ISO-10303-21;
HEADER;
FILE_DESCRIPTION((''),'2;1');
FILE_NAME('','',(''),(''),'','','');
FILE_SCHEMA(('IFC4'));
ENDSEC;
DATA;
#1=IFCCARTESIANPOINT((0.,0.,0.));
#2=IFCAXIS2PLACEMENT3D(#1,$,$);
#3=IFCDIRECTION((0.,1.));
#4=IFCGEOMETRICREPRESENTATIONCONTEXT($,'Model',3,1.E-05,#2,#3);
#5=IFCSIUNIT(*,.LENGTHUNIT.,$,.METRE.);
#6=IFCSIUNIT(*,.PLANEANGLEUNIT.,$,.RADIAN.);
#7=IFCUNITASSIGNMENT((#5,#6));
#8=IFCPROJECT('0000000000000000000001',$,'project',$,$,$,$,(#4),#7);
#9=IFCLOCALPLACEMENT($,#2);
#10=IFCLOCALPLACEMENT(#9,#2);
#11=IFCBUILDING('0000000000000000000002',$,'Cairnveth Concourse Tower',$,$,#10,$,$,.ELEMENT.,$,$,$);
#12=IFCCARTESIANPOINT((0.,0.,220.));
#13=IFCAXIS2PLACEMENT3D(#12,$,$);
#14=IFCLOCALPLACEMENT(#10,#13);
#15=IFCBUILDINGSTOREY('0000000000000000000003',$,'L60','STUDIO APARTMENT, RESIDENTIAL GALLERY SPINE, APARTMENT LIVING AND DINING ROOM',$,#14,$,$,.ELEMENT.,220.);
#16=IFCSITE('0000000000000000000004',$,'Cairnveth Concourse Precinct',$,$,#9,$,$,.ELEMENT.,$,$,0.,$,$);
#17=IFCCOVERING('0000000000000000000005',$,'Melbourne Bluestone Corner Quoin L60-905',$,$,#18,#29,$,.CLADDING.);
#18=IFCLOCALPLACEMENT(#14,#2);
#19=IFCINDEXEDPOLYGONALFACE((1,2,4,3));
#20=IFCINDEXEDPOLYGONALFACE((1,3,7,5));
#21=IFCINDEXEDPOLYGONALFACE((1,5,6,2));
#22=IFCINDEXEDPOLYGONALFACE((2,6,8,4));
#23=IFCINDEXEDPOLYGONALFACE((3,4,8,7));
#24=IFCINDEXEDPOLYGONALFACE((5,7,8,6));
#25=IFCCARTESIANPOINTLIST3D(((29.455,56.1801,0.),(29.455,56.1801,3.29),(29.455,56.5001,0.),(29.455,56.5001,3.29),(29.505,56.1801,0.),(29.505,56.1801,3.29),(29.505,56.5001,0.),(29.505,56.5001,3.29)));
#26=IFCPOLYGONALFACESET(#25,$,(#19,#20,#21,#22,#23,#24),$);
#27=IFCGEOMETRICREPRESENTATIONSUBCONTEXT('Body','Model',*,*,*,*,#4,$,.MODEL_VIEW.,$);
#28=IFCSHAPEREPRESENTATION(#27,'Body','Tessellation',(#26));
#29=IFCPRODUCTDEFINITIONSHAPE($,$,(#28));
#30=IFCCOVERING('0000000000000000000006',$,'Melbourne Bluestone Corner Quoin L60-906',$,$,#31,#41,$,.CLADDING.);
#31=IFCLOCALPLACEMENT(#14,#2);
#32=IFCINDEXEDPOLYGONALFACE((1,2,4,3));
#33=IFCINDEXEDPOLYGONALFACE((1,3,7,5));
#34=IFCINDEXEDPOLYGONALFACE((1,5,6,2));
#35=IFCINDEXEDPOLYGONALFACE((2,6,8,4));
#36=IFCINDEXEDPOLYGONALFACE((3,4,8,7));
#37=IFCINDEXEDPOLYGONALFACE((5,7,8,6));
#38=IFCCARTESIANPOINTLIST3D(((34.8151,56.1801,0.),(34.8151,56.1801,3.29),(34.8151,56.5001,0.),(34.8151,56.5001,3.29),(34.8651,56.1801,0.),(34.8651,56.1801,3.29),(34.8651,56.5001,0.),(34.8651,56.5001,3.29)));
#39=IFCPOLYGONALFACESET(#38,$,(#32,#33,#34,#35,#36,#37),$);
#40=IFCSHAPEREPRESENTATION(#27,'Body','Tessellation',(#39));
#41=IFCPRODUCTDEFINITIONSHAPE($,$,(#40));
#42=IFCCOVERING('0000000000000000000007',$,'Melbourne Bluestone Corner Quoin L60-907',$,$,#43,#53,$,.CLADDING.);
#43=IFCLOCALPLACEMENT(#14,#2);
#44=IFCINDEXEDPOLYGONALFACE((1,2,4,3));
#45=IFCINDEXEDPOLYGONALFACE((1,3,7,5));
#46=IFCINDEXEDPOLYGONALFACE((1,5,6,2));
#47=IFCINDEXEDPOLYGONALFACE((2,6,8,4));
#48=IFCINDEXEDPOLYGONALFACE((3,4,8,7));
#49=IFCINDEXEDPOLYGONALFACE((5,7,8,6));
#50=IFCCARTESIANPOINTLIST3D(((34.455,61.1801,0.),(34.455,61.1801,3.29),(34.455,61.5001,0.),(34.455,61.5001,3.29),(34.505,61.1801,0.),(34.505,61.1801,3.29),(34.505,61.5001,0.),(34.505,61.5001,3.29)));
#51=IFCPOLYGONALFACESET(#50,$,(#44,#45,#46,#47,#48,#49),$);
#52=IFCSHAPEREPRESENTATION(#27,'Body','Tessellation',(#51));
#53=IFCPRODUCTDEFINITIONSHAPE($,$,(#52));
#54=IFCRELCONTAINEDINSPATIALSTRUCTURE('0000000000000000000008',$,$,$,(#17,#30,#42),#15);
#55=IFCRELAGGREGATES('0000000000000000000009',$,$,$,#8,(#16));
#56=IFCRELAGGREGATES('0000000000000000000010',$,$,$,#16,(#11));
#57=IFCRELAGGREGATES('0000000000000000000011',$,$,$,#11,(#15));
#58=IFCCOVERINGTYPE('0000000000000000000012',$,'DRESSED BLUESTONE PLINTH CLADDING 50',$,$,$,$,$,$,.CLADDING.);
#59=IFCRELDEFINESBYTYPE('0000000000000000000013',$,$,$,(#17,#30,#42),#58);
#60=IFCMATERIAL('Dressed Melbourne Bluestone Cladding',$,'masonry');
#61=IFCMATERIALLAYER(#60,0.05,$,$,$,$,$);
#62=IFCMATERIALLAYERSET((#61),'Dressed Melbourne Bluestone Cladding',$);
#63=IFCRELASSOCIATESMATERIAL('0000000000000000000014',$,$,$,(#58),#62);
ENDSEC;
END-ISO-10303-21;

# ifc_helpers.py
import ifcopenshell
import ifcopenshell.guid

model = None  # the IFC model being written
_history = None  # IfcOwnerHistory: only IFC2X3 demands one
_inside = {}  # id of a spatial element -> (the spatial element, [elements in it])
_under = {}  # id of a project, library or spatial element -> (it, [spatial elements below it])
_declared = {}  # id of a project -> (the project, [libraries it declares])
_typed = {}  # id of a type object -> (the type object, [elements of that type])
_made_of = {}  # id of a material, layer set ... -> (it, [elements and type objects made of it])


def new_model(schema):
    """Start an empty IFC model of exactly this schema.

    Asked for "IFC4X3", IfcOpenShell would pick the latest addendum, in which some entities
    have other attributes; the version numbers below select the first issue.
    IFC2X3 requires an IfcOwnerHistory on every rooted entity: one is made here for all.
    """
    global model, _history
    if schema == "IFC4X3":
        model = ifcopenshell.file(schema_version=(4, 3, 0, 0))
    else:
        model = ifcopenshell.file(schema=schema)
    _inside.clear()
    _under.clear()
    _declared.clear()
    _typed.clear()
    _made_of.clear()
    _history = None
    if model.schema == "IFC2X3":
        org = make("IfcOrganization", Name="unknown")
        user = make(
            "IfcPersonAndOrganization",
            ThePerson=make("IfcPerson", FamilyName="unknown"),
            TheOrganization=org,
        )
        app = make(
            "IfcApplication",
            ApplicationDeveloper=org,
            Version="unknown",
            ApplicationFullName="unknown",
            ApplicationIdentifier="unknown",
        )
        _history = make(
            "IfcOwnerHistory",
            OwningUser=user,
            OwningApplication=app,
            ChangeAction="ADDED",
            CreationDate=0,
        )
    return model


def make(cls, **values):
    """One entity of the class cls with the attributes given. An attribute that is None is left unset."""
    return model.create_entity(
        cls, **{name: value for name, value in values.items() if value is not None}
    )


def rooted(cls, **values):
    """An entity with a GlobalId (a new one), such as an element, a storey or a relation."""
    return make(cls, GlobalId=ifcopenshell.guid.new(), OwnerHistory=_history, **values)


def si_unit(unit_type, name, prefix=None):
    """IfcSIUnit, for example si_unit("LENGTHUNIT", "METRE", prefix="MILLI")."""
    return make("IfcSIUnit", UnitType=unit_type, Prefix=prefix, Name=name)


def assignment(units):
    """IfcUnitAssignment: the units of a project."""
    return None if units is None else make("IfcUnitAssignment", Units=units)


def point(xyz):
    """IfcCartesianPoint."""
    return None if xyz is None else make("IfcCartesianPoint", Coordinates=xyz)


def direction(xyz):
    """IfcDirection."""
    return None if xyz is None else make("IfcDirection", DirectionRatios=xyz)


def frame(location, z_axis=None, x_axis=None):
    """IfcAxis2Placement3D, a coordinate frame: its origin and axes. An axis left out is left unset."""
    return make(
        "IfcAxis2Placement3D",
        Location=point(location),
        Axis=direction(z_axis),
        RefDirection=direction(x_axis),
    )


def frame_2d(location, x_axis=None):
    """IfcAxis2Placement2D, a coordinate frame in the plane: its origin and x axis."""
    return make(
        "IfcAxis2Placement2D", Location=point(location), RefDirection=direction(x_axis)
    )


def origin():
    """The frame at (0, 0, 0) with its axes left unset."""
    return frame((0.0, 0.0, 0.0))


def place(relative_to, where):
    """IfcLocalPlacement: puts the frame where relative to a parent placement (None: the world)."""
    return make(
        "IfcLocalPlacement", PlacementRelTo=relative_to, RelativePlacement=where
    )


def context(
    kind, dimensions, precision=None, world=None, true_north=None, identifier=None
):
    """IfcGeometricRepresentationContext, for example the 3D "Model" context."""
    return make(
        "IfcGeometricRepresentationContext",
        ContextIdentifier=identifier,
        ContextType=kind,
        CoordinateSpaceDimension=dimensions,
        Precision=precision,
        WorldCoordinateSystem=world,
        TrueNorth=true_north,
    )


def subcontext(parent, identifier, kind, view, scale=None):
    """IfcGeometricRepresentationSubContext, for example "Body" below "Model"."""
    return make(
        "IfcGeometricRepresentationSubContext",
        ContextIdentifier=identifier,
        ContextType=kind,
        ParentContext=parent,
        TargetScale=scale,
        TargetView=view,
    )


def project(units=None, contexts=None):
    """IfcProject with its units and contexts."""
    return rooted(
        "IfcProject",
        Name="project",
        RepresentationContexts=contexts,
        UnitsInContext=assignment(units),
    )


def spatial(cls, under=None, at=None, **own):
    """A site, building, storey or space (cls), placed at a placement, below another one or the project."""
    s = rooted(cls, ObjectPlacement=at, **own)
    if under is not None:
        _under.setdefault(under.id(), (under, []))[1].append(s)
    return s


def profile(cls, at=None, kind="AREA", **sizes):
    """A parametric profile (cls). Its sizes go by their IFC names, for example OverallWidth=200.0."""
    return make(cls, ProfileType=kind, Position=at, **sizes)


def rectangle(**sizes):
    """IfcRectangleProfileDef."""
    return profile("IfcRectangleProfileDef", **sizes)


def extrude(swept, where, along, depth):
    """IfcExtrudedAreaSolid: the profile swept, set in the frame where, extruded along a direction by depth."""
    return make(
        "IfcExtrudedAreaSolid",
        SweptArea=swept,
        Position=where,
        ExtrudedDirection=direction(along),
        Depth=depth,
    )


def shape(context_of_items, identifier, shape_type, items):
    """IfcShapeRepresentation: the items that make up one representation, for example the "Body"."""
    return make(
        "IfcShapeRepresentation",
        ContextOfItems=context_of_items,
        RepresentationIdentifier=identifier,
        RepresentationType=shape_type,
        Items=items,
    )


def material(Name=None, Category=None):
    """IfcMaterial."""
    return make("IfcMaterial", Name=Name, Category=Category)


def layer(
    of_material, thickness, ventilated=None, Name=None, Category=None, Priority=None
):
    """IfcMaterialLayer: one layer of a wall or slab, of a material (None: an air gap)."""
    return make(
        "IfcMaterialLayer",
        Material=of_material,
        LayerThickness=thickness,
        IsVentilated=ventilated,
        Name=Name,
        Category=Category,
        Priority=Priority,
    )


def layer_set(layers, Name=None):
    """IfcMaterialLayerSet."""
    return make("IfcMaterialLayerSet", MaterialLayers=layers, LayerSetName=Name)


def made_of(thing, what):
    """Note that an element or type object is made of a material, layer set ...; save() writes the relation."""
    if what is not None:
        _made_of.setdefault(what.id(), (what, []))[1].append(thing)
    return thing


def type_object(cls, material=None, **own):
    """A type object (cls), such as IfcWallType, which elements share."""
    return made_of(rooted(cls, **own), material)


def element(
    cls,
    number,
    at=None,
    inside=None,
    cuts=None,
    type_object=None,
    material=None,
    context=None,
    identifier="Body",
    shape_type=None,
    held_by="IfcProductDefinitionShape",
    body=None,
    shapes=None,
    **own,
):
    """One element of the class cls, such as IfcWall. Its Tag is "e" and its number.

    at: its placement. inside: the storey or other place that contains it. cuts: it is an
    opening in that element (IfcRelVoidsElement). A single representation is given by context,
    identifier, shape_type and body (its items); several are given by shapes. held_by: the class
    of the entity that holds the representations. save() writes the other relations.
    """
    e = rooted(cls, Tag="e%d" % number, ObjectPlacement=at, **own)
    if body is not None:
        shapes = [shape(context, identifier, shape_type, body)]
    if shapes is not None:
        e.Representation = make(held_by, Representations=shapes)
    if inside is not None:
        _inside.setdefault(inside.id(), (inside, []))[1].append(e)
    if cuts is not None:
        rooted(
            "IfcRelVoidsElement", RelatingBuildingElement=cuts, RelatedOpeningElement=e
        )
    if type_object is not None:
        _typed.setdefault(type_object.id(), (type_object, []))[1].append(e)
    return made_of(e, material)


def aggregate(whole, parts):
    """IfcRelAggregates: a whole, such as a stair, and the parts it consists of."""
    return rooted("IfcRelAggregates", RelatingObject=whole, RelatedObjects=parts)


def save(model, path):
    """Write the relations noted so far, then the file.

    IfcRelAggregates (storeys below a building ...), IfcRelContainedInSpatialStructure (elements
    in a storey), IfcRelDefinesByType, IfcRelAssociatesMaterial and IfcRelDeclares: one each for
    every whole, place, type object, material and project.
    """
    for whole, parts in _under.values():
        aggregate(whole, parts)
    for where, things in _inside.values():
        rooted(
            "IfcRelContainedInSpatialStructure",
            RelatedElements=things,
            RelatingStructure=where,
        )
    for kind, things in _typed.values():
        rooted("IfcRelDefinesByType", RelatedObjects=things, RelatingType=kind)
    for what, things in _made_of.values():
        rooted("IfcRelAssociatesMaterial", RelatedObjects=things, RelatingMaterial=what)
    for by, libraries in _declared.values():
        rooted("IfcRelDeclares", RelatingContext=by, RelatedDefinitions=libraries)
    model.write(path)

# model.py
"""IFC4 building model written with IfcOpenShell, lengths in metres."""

from ifc_helpers import new_model, si_unit, direction, frame, frame_2d, origin, place, context, subcontext, project, spatial, rectangle, extrude, material, layer, layer_set, type_object, element, save


model = new_model("IFC4")

# Units and contexts
model_context = context("Model", 3, precision=1e-05, world=origin(), true_north=direction((0.0, 1.0)))
body_context = subcontext(model_context, "Body", "Model", "MODEL_VIEW")
ifc_project = project(units=[si_unit("LENGTHUNIT", "METRE"), si_unit("PLANEANGLEUNIT", "RADIAN")], contexts=[model_context])

# Site, building, storey
site_placement = place(None, origin())
site = spatial("IfcSite", under=ifc_project, at=site_placement, Name="Cairnveth Concourse Precinct", CompositionType="ELEMENT", RefElevation=0.0)
building_placement = place(site_placement, origin())
building = spatial("IfcBuilding", under=site, at=building_placement, Name="Cairnveth Concourse Tower", CompositionType="ELEMENT")
storey_placement = place(building_placement, frame((0.0, 0.0, 220.0)))
storey = spatial("IfcBuildingStorey", under=building, at=storey_placement, Name="L60", Description="STUDIO APARTMENT, RESIDENTIAL GALLERY SPINE, APARTMENT LIVING AND DINING ROOM", CompositionType="ELEMENT", Elevation=220.0)

# Coverings
ifc_material_1 = material(Name="Dressed Melbourne Bluestone Cladding", Category="masonry")
ifc_layer_1 = layer(ifc_material_1, 0.05)
ifc_layer_set_1 = layer_set([ifc_layer_1], Name="Dressed Melbourne Bluestone Cladding")
covering_type = type_object("IfcCoveringType", Name="DRESSED BLUESTONE PLINTH CLADDING 50", PredefinedType="CLADDING", material=ifc_layer_set_1)
for number, where, z_axis, x_axis, name in (
    (1, (29.48, 56.1799, 0.0), (0.0, 0.0, 1.0), (0.0, 1.0, 0.0), "Melbourne Bluestone Corner Quoin L60-905"),
    (2, (34.8401, 56.1799, 0.0), (0.0, 0.0, 1.0), (0.0, 1.0, 0.0), "Melbourne Bluestone Corner Quoin L60-906"),
    (3, (34.48, 61.1799, 0.0), (0.0, 0.0, 1.0), (0.0, 1.0, 0.0), "Melbourne Bluestone Corner Quoin L60-907"),
):
    element("IfcCovering", number, at=place(storey_placement, frame(where, z_axis=z_axis, x_axis=x_axis)), inside=storey, type_object=covering_type, Name=name, PredefinedType="CLADDING", context=body_context, shape_type="SweptSolid", body=[
        extrude(rectangle(XDim=0.3201, YDim=0.05, at=frame_2d((0.1602, 0.0))), origin(), (0.0, 0.0, 1.0), 3.29),
    ])

save(model, "model.ifc")
